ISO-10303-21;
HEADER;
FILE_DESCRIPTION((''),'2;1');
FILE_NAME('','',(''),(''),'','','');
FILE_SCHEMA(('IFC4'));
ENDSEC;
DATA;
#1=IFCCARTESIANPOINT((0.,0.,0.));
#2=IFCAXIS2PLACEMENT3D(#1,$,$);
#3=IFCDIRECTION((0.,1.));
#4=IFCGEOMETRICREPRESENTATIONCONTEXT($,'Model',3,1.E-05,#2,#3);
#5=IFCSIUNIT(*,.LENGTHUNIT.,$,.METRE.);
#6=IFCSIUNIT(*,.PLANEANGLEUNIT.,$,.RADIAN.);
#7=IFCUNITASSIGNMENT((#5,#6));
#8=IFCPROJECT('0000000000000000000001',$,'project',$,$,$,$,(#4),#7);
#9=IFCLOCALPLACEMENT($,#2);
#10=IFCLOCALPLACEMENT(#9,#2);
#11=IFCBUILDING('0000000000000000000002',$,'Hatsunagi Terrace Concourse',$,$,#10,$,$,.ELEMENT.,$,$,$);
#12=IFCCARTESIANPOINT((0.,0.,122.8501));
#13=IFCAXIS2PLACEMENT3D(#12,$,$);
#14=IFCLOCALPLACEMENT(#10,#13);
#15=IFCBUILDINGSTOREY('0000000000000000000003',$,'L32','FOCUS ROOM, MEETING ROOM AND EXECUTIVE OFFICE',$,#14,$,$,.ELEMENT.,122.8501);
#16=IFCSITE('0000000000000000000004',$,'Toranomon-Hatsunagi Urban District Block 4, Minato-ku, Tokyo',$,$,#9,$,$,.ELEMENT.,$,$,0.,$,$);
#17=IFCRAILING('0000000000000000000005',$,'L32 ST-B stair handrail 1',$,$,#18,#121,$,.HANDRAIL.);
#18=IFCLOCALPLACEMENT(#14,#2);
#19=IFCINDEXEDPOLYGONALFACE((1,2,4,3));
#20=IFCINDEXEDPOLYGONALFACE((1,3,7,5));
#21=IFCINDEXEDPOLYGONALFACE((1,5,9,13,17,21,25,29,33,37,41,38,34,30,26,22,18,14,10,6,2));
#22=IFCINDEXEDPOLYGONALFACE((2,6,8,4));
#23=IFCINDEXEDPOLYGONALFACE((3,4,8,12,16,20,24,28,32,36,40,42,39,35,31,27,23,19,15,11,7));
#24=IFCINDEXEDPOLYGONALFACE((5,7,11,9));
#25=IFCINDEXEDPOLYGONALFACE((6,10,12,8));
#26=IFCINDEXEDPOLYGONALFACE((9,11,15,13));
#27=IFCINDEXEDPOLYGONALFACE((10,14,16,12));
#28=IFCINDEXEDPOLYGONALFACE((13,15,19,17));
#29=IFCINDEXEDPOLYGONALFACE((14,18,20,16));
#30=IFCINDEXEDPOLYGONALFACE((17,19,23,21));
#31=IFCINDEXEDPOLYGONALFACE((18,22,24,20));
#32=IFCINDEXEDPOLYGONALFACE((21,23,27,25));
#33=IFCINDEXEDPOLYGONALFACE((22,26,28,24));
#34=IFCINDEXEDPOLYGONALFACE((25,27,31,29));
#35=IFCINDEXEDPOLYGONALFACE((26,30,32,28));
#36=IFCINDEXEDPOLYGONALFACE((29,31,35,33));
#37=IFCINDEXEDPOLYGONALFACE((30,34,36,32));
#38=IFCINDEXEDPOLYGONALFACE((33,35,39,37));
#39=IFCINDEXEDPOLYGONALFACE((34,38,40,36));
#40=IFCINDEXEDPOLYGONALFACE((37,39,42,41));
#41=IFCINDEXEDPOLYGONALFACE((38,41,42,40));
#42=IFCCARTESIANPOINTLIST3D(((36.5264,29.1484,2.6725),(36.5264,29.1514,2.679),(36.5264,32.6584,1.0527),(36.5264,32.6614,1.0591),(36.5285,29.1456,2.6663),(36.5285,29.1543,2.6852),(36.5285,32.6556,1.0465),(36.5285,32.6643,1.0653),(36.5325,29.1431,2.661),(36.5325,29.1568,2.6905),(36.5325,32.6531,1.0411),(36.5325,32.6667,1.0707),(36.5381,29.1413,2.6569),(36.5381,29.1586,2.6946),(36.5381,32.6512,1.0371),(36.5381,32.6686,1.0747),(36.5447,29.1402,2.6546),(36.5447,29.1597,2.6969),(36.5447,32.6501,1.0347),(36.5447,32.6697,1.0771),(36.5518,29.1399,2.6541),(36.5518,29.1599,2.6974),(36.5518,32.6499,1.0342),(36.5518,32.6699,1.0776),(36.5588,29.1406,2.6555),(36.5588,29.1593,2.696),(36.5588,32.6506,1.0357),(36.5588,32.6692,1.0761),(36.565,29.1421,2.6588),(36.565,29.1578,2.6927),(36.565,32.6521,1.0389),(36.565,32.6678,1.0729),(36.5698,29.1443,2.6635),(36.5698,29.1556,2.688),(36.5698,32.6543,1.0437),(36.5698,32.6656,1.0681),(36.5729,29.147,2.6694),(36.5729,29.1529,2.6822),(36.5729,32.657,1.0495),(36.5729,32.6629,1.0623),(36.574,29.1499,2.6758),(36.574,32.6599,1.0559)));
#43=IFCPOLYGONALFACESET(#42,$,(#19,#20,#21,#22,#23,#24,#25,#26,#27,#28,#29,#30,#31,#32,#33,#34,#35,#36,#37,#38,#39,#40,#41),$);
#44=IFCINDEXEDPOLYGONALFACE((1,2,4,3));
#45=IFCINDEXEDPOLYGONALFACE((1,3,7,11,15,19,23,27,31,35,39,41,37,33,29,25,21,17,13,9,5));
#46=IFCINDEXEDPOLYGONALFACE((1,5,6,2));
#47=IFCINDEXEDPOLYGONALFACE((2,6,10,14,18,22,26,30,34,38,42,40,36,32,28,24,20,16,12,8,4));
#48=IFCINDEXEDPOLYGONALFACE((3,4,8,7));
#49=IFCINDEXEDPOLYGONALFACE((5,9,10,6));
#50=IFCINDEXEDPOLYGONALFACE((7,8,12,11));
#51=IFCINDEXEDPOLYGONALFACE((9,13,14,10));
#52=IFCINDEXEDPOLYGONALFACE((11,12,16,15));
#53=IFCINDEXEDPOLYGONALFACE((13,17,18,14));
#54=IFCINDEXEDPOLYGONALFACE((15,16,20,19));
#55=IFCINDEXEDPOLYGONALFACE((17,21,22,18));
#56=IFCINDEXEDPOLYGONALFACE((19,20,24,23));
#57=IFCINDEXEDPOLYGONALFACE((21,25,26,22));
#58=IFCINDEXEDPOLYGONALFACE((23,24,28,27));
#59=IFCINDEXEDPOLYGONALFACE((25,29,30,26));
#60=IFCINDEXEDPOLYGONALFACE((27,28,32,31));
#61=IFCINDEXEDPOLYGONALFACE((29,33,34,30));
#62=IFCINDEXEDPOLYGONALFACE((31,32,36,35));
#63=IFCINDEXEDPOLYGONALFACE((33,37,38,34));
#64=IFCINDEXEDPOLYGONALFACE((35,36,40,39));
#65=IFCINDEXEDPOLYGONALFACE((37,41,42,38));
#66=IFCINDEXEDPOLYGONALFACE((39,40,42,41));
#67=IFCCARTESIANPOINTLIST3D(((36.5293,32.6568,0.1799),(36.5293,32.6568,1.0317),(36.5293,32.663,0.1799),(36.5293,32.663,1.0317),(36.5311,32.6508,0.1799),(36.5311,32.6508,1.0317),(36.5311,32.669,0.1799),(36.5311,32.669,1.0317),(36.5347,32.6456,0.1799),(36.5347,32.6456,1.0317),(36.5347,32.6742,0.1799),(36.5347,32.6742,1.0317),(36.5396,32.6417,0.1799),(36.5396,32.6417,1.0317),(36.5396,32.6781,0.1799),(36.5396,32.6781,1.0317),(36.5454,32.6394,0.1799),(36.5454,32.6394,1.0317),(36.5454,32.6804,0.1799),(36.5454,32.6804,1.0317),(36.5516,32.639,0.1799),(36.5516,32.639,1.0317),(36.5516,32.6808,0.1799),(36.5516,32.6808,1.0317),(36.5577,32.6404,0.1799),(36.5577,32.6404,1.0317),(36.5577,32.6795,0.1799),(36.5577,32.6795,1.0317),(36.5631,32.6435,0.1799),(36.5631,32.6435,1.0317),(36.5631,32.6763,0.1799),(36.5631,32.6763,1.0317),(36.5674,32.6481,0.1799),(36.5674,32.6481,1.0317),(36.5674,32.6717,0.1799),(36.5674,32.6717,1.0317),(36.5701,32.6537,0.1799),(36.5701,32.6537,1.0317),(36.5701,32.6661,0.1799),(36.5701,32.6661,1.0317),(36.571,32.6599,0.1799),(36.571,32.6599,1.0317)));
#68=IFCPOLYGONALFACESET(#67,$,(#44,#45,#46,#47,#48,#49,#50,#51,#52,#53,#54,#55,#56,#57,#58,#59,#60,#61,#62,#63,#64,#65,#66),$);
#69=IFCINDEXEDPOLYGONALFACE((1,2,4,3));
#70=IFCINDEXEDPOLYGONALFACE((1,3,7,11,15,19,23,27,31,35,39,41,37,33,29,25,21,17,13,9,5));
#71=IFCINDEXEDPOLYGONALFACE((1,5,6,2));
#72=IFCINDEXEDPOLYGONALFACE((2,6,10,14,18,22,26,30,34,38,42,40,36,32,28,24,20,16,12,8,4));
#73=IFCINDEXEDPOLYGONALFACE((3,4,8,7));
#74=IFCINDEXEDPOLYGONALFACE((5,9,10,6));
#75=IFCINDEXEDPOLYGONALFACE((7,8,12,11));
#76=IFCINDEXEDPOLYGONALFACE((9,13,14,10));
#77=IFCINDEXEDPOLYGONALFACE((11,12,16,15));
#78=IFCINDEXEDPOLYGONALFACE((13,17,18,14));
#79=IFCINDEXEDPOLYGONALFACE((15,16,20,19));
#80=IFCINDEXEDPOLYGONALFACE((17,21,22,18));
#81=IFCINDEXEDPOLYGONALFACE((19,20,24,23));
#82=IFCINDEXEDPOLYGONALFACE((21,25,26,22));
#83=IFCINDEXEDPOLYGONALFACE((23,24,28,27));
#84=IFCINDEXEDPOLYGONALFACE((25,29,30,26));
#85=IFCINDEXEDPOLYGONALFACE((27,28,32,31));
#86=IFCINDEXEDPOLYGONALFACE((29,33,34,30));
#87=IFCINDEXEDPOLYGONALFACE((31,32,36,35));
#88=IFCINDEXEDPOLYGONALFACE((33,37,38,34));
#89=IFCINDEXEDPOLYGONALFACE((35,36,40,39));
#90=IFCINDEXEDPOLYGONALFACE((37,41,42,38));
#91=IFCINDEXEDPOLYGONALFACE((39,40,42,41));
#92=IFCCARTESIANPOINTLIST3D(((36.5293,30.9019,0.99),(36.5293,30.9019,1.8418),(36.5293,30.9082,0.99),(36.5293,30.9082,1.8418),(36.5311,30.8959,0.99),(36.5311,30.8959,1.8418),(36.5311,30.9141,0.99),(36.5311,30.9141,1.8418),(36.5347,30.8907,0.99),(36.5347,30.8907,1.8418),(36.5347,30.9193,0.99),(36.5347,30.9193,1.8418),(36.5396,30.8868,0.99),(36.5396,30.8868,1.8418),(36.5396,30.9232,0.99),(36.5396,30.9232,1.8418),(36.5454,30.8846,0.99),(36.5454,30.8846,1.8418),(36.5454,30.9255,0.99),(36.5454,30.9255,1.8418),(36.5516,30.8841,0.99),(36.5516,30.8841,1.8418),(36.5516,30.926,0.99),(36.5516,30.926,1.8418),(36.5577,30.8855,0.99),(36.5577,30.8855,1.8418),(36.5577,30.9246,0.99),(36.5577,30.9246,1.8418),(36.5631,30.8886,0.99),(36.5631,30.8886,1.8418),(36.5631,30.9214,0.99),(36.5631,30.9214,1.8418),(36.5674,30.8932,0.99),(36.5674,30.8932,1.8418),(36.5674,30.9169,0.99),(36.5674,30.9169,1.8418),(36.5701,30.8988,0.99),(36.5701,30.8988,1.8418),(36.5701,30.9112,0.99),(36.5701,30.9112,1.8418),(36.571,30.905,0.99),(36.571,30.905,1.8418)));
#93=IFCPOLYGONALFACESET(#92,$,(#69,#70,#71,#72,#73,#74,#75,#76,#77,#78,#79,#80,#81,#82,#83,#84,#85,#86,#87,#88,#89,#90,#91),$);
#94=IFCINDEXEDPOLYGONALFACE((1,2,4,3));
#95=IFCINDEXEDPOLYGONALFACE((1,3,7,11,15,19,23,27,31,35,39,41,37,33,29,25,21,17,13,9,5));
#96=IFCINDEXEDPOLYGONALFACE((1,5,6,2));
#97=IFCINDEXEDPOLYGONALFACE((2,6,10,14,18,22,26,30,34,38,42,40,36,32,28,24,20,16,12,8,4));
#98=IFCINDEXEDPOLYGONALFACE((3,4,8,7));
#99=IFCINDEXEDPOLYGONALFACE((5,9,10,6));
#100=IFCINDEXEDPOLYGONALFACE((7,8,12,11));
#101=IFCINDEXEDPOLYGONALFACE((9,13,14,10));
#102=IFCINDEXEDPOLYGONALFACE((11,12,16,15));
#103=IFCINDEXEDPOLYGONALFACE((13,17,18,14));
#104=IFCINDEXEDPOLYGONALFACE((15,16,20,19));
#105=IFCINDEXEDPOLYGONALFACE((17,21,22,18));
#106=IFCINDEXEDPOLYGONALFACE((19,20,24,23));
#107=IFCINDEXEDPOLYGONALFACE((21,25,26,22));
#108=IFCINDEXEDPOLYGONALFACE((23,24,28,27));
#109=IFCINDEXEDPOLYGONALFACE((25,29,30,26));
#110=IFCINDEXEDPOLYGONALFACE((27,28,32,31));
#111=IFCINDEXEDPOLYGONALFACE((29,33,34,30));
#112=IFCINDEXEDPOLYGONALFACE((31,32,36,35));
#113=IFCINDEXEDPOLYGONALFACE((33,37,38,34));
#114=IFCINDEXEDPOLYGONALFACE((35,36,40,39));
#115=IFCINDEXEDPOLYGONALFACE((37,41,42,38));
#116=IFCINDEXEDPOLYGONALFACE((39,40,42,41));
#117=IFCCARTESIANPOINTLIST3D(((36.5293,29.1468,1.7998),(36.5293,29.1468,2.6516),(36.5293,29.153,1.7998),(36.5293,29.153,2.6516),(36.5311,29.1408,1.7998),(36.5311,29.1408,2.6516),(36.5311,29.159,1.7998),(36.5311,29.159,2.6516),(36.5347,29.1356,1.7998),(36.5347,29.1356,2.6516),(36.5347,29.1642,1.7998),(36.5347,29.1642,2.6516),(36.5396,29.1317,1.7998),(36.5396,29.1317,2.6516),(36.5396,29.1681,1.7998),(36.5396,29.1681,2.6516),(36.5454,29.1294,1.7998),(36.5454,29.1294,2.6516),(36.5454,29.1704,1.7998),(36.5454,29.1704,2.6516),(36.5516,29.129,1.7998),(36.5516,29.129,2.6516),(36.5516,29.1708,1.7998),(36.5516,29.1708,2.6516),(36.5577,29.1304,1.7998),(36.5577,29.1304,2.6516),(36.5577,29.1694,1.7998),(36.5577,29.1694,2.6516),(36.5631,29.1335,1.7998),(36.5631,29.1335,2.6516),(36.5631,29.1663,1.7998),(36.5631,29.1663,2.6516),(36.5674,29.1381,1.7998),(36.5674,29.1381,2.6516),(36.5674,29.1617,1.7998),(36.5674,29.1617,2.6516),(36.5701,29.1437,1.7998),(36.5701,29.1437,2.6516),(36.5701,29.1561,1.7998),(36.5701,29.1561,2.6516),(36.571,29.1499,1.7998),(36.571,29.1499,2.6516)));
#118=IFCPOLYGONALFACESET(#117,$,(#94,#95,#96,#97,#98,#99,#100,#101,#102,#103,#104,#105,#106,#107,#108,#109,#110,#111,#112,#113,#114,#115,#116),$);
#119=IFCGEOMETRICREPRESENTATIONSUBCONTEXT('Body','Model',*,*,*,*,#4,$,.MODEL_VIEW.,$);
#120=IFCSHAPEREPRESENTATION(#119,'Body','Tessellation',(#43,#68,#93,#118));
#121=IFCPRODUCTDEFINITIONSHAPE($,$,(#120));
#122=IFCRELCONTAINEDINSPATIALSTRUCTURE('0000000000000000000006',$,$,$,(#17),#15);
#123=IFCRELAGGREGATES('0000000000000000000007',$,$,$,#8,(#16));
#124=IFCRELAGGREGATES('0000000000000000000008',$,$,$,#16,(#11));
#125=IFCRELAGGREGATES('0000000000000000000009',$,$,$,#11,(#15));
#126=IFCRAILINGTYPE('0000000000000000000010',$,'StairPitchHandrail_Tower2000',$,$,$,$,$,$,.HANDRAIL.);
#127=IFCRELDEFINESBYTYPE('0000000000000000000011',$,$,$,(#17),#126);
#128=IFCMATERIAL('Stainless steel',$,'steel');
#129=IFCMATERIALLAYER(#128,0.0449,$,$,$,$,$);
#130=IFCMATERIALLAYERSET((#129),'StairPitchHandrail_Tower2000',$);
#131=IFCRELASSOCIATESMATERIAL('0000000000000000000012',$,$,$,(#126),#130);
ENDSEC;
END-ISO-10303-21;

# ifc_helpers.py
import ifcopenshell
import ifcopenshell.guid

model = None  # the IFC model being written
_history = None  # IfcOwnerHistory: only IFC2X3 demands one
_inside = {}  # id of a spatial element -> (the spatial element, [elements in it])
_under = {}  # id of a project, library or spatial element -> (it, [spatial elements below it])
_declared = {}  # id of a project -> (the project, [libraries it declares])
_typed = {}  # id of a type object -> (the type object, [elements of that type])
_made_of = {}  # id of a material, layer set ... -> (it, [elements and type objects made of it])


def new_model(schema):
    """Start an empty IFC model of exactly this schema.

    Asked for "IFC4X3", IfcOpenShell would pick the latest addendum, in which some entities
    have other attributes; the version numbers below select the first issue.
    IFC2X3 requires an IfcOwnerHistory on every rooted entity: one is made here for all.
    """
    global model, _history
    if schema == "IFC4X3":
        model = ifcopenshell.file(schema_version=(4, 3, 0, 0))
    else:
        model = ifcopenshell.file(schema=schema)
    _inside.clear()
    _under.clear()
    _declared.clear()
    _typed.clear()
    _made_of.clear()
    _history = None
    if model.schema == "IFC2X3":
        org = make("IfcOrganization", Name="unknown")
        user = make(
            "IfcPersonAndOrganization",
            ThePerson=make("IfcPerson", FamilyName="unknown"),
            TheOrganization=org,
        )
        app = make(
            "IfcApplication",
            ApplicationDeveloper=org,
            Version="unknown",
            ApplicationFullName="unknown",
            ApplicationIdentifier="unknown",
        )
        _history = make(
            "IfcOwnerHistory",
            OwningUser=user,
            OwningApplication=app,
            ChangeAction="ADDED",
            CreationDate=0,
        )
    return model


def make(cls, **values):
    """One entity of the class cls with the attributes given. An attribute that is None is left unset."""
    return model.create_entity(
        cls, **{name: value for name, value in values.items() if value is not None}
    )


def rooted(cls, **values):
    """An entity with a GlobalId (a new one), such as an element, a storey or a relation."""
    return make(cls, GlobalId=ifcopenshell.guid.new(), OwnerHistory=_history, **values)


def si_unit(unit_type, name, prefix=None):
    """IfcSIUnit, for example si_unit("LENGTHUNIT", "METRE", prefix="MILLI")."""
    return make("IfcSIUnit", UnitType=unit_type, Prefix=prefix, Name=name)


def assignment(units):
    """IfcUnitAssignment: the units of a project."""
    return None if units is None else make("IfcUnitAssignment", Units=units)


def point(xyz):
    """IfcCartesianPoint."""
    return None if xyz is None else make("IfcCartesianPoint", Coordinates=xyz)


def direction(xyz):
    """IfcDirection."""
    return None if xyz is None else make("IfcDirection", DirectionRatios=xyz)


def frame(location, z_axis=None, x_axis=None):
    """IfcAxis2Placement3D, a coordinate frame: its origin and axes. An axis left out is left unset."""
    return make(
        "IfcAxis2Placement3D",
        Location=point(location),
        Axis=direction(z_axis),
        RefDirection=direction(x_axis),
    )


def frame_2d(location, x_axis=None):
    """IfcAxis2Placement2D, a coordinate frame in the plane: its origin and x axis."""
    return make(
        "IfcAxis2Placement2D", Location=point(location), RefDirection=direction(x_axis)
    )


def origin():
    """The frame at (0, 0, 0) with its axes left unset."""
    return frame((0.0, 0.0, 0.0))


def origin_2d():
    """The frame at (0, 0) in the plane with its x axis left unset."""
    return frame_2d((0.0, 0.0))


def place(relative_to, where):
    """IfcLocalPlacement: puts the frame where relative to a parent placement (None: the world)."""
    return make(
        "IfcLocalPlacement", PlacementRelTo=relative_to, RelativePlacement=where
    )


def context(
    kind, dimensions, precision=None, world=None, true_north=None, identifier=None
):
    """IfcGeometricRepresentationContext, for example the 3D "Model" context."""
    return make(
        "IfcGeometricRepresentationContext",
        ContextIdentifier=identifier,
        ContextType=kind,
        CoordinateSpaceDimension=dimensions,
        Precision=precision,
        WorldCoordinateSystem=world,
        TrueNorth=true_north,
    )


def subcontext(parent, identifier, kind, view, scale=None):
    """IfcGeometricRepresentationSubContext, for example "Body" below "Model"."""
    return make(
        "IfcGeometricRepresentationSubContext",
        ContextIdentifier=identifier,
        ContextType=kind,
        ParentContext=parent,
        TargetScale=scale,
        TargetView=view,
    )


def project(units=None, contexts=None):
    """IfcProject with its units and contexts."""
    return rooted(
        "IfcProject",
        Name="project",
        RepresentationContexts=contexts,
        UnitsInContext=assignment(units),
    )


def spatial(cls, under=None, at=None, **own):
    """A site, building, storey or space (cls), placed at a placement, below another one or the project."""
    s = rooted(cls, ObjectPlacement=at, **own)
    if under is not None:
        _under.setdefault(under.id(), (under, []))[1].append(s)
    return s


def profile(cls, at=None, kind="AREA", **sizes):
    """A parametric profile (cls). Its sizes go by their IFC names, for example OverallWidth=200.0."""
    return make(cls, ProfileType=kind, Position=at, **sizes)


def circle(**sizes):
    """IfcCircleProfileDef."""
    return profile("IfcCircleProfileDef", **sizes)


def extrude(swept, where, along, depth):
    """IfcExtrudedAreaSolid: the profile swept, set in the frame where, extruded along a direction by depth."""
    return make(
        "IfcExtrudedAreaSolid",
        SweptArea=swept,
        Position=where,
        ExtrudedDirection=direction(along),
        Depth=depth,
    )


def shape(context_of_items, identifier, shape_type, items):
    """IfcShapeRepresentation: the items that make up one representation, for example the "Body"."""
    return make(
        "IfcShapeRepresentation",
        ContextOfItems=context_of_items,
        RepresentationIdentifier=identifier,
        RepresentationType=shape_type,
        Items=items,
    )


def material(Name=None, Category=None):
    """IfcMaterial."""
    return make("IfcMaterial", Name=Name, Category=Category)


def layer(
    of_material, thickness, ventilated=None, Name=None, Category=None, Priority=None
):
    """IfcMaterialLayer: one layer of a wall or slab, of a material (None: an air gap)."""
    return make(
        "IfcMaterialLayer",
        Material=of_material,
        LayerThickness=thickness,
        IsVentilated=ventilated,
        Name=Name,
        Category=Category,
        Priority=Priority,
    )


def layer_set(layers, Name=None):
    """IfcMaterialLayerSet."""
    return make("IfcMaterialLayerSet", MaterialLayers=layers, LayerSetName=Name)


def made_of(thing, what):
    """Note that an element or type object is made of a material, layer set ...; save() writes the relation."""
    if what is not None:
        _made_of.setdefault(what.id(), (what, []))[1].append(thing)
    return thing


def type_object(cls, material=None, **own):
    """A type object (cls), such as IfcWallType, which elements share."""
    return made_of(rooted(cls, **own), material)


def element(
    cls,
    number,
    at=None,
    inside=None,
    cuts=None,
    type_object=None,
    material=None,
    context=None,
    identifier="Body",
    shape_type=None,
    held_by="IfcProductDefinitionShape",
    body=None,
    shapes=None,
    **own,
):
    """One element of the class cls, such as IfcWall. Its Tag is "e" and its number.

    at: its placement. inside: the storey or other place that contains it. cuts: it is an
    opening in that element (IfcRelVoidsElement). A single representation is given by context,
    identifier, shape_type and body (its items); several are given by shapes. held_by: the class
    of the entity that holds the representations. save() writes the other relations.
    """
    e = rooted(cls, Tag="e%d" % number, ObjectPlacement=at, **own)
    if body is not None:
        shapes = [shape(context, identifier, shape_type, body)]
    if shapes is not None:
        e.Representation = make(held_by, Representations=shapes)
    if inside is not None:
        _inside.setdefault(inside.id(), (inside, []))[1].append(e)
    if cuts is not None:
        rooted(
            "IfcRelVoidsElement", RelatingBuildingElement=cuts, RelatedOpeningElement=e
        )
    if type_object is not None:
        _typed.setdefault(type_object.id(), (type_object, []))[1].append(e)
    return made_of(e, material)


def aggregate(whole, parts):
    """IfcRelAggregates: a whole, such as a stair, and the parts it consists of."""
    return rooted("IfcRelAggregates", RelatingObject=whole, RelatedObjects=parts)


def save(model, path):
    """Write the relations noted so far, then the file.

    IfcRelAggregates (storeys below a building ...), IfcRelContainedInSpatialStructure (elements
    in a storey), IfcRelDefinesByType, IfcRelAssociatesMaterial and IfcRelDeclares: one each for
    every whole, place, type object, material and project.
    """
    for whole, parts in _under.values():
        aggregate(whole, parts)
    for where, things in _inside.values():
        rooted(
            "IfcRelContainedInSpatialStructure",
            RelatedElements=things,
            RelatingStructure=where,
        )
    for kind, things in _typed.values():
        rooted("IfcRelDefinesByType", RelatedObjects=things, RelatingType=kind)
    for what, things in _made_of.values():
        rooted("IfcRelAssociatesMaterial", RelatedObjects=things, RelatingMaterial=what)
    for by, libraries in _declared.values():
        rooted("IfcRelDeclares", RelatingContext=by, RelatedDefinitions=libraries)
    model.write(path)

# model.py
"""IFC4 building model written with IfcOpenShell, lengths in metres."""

from ifc_helpers import new_model, si_unit, direction, frame, origin, origin_2d, place, context, subcontext, project, spatial, circle, extrude, material, layer, layer_set, type_object, element, save


model = new_model("IFC4")

# Units and contexts
model_context = context("Model", 3, precision=1e-05, world=origin(), true_north=direction((0.0, 1.0)))
body_context = subcontext(model_context, "Body", "Model", "MODEL_VIEW")
ifc_project = project(units=[si_unit("LENGTHUNIT", "METRE"), si_unit("PLANEANGLEUNIT", "RADIAN")], contexts=[model_context])

# Site, building, storey
site_placement = place(None, origin())
site = spatial("IfcSite", under=ifc_project, at=site_placement, Name="Toranomon-Hatsunagi Urban District Block 4, Minato-ku, Tokyo", CompositionType="ELEMENT", RefElevation=0.0)
building_placement = place(site_placement, origin())
building = spatial("IfcBuilding", under=site, at=building_placement, Name="Hatsunagi Terrace Concourse", CompositionType="ELEMENT")
storey_placement = place(building_placement, frame((0.0, 0.0, 122.8501)))
storey = spatial("IfcBuildingStorey", under=building, at=storey_placement, Name="L32", Description="FOCUS ROOM, MEETING ROOM AND EXECUTIVE OFFICE", CompositionType="ELEMENT", Elevation=122.8501)

# Railing
ifc_material_1 = material(Name="Stainless steel", Category="steel")
ifc_layer_1 = layer(ifc_material_1, 0.0449)
ifc_layer_set_1 = layer_set([ifc_layer_1], Name="StairPitchHandrail_Tower2000")
railing_type_1 = type_object("IfcRailingType", Name="StairPitchHandrail_Tower2000", PredefinedType="HANDRAIL", material=ifc_layer_set_1)
railing_1_placement = place(storey_placement, frame((36.55, 32.6599, 0.1799)))
element("IfcRailing", 1, at=railing_1_placement, inside=storey, type_object=railing_type_1, Name="L32 ST-B stair handrail 1", PredefinedType="HANDRAIL", context=body_context, shape_type="SweptSolid", body=[
    extrude(circle(Radius=0.0239, at=origin_2d()), frame((0.0, 0.0, 0.876), z_axis=(0.0, -0.907972, 0.41903), x_axis=(1.0, 0.0, 0.0)), (0.0, 0.0, 1.0), 3.8657),
    extrude(circle(Radius=0.021, at=origin_2d()), origin(), (0.0, 0.0, 1.0), 0.8518),
    extrude(circle(Radius=0.021, at=origin_2d()), frame((0.0, -1.7549, 0.8101)), (0.0, 0.0, 1.0), 0.8518),
    extrude(circle(Radius=0.021, at=origin_2d()), frame((0.0, -3.51, 1.6199)), (0.0, 0.0, 1.0), 0.8518),
])

save(model, "model.ifc")
